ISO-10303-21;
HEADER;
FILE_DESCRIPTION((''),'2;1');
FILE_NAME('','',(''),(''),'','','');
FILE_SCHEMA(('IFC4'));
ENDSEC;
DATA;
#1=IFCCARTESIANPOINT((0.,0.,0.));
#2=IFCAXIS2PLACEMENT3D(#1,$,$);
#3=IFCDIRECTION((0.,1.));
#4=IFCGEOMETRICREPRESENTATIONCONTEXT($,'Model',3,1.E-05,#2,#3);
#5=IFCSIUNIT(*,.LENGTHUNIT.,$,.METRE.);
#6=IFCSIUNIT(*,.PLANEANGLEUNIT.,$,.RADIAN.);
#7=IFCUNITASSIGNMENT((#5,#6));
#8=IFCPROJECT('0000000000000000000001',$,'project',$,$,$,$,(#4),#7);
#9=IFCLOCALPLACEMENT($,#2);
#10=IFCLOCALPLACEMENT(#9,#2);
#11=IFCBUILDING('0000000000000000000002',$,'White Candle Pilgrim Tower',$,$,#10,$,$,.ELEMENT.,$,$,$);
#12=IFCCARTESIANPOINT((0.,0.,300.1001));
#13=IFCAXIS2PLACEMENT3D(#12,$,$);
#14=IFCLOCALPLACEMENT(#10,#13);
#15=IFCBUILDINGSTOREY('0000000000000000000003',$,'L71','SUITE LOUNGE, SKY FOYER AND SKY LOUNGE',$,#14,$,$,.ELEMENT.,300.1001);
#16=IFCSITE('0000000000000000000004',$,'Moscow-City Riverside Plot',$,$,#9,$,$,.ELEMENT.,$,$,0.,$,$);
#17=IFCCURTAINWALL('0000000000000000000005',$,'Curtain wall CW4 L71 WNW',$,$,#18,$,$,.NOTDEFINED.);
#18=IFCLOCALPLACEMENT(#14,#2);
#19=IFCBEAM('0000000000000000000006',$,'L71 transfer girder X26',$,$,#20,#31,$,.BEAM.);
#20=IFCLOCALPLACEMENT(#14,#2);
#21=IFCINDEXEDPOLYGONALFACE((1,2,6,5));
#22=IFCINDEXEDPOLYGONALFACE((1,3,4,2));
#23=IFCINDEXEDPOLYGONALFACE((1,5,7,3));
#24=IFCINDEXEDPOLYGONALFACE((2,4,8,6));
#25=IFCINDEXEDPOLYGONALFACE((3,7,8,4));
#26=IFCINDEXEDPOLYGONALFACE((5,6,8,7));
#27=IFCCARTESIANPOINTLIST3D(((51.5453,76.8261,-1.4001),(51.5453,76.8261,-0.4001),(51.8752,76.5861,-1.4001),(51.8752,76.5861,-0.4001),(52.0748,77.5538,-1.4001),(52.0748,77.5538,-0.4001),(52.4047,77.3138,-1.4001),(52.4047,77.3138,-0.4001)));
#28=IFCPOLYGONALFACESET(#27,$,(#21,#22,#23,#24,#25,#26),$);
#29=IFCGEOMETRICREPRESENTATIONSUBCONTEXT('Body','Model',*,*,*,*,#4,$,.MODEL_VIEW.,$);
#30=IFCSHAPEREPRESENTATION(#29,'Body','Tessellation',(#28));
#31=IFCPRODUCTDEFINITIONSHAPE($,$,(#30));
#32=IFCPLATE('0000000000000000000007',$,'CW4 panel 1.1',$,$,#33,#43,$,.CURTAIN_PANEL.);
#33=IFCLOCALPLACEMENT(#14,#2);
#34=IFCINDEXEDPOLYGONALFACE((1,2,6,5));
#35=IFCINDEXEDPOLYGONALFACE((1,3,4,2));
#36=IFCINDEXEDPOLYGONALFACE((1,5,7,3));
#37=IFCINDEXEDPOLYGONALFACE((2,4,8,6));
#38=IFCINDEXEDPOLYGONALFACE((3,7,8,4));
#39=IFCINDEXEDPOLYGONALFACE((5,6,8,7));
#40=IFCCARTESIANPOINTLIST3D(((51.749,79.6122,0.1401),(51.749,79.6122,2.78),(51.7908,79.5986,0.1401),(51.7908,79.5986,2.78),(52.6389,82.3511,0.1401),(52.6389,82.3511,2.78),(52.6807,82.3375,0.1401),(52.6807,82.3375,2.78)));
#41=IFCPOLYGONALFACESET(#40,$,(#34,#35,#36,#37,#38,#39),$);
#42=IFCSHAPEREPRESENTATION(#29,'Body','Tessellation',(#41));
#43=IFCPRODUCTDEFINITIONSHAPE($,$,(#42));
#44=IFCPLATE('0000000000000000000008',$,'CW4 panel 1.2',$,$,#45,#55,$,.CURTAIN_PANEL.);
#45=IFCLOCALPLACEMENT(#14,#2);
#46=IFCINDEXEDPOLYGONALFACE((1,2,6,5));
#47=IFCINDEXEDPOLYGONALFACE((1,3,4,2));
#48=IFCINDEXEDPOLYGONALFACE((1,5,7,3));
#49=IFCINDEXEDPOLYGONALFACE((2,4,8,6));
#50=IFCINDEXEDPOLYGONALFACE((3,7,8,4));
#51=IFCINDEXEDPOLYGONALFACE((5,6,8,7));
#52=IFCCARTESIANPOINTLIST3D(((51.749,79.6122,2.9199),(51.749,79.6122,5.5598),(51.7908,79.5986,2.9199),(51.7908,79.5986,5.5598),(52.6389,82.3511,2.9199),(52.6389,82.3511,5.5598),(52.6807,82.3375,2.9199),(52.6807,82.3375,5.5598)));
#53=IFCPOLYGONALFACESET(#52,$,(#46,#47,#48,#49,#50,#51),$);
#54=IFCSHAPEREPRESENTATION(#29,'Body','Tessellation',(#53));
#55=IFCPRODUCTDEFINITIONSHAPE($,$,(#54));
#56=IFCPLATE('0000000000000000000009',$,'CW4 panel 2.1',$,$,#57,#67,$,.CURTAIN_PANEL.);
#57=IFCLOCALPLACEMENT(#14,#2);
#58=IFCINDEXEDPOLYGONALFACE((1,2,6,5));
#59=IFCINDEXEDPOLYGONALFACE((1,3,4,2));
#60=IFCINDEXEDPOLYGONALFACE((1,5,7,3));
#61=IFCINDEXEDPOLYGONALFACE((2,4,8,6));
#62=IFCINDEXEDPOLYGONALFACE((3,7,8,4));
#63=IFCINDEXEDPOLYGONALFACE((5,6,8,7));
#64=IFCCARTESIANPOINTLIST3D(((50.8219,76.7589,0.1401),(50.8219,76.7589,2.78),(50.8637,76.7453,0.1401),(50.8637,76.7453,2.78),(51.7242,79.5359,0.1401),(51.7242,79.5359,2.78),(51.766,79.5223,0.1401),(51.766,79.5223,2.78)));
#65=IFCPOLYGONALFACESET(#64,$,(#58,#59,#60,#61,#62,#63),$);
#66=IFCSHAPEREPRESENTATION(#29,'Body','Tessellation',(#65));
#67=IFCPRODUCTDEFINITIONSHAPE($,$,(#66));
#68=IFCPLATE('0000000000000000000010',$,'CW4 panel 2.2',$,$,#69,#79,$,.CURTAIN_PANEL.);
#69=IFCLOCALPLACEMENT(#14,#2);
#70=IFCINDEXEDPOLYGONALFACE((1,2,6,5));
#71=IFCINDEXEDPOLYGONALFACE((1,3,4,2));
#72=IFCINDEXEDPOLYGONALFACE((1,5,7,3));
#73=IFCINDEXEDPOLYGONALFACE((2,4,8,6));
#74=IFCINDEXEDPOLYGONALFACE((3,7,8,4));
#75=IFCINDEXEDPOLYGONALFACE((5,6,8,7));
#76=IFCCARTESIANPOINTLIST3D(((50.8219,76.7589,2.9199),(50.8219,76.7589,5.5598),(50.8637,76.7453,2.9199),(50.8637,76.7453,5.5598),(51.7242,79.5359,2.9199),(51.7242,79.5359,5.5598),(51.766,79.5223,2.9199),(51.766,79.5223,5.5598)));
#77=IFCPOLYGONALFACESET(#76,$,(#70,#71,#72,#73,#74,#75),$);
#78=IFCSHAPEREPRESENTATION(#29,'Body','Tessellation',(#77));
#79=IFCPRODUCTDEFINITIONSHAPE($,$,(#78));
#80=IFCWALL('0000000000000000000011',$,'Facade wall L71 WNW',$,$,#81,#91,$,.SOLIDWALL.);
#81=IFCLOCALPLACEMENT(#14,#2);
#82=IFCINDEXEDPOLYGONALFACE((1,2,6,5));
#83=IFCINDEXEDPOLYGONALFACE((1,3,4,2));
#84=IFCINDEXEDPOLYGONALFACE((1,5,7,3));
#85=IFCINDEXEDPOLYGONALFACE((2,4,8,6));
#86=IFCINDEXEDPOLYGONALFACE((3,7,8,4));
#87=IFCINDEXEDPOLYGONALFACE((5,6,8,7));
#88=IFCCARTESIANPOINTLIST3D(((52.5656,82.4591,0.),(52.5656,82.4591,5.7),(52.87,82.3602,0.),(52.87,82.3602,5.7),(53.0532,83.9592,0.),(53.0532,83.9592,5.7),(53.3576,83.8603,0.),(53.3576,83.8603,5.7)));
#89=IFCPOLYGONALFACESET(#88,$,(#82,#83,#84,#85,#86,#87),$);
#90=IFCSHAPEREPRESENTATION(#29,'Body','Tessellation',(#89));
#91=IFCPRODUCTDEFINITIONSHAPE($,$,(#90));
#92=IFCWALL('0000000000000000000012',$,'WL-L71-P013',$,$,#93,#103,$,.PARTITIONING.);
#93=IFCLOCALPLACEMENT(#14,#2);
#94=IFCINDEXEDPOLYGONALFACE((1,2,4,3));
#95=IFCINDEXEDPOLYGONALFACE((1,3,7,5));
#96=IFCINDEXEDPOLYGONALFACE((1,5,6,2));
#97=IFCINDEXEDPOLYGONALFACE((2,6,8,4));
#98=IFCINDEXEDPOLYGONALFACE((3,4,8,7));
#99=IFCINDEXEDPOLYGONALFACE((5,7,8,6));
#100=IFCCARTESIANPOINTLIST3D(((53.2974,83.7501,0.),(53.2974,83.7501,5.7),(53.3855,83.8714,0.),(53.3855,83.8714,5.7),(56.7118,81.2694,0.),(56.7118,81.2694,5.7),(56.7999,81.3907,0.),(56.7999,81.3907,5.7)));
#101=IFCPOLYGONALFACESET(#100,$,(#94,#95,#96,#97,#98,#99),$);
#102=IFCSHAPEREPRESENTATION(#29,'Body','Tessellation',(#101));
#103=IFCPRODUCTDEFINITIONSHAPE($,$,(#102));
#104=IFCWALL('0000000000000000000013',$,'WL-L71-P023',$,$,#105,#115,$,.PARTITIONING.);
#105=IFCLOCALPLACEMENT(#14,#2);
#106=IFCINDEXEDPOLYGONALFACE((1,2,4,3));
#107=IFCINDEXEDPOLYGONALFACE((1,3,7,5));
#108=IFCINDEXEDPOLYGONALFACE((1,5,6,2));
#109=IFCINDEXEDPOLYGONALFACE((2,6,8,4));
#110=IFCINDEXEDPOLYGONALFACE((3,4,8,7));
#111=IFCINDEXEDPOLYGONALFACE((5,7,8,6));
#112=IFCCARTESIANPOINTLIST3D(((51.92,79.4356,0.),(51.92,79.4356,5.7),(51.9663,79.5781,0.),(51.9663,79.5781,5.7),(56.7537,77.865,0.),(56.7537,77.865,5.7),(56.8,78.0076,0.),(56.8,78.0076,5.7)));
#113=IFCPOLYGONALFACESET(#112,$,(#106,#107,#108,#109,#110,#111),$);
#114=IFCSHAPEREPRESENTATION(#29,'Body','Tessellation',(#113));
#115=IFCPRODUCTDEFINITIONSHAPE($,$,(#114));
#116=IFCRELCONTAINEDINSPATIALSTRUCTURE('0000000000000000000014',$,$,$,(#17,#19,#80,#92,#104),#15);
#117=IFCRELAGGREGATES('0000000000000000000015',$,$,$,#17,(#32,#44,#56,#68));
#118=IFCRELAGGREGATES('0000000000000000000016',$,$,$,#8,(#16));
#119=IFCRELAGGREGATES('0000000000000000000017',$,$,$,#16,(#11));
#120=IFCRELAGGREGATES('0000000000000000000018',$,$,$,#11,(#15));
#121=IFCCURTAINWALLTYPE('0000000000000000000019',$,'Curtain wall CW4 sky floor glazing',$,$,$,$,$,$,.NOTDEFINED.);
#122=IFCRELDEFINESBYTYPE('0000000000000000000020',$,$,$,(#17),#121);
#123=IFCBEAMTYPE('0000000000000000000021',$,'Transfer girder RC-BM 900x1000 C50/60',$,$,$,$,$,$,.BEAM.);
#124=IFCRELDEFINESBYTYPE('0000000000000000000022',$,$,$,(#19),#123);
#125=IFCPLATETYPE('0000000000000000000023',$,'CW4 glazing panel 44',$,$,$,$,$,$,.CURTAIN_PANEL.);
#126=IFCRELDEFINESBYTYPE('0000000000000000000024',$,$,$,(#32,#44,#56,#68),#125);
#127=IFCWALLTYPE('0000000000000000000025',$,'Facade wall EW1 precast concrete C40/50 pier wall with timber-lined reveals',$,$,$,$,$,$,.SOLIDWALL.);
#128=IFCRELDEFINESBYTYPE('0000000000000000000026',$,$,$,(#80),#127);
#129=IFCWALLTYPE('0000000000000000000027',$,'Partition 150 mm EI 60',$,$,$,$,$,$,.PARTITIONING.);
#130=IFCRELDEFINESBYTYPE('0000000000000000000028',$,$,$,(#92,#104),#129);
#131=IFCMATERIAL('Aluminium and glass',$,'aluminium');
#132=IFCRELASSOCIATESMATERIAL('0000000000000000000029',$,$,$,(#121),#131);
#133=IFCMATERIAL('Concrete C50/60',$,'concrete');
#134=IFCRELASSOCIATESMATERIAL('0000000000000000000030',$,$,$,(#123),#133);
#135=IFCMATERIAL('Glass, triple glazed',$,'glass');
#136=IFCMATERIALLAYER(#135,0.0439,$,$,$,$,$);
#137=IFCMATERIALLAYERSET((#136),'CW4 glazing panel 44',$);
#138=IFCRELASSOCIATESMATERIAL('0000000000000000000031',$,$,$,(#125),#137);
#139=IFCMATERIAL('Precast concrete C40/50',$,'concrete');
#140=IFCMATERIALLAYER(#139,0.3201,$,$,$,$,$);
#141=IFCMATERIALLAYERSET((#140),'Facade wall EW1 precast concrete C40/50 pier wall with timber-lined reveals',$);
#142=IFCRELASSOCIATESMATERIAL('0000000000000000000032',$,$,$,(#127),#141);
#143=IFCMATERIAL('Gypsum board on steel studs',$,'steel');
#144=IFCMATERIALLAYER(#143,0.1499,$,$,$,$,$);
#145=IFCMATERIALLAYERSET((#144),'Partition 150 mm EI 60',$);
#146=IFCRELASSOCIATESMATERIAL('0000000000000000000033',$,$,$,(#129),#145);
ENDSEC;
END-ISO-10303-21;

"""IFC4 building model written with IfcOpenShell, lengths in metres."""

from ifc_helpers import new_model, si_unit, direction, frame, frame_2d, origin, origin_2d, place, context, subcontext, project, spatial, rectangle, extrude, material, layer, layer_set, material_profile, profile_set, type_object, element, aggregate, save


model = new_model("IFC4")

# Units and contexts
model_context = context("Model", 3, precision=1e-05, world=origin(), true_north=direction((0.0, 1.0)))
body_context = subcontext(model_context, "Body", "Model", "MODEL_VIEW")
ifc_project = project(units=[si_unit("LENGTHUNIT", "METRE"), si_unit("PLANEANGLEUNIT", "RADIAN")], contexts=[model_context])

# Site, building, storey
site_placement = place(None, origin())
site = spatial("IfcSite", under=ifc_project, at=site_placement, Name="Moscow-City Riverside Plot", CompositionType="ELEMENT", RefElevation=0.0)
building_placement = place(site_placement, origin())
building = spatial("IfcBuilding", under=site, at=building_placement, Name="White Candle Pilgrim Tower", CompositionType="ELEMENT")
storey_placement = place(building_placement, frame((0.0, 0.0, 300.1001)))
storey = spatial("IfcBuildingStorey", under=building, at=storey_placement, Name="L71", Description="SUITE LOUNGE, SKY FOYER AND SKY LOUNGE", CompositionType="ELEMENT", Elevation=300.1001)

# Curtain wall
ifc_material_1 = material(Name="Aluminium and glass", Category="aluminium")
curtain_wall_type = type_object("IfcCurtainWallType", Name="Curtain wall CW4 sky floor glazing", PredefinedType="NOTDEFINED", material=ifc_material_1)
curtain_wall_placement = place(storey_placement, origin())
curtain_wall = element("IfcCurtainWall", 1, at=curtain_wall_placement, inside=storey, type_object=curtain_wall_type, Name="Curtain wall CW4 L71 WNW", PredefinedType="NOTDEFINED")

# Beam
ifc_material_2 = material(Name="Concrete C50/60", Category="concrete")
ifc_material_profile_1 = material_profile(ifc_material_2, rectangle(XDim=0.8999, YDim=1.0, at=origin_2d()), Name="RC-BM 900x1000")
ifc_profile_set_1 = profile_set([ifc_material_profile_1], Name="Concrete C50/60")
beam_type_1 = type_object("IfcBeamType", Name="Transfer girder RC-BM 900x1000 C50/60", PredefinedType="BEAM", material=ifc_profile_set_1)
beam_1_placement = place(storey_placement, frame((51.8101, 77.1899, -0.9001), z_axis=(0.808607, -0.58835, 0.0), x_axis=(0.58835, 0.808607, 0.0)))
element("IfcBeam", 2, at=beam_1_placement, inside=storey, type_object=beam_type_1, Name="L71 transfer girder X26", PredefinedType="BEAM", context=body_context, shape_type="SweptSolid", body=[
    extrude(rectangle(XDim=0.8999, YDim=1.0, at=origin_2d()), origin(), (0.0, 0.0, 1.0), 0.408),
])

# Plates
ifc_material_3 = material(Name="Glass, triple glazed", Category="glass")
ifc_layer_1 = layer(ifc_material_3, 0.0439)
ifc_layer_set_1 = layer_set([ifc_layer_1], Name="CW4 glazing panel 44")
plate_type = type_object("IfcPlateType", Name="CW4 glazing panel 44", PredefinedType="CURTAIN_PANEL", material=ifc_layer_set_1)
plate_1_placement = place(storey_placement, frame((52.2148, 80.9749, 0.1401), z_axis=(0.0, 0.0, 1.0), x_axis=(-0.309017, -0.951057, 0.0)))
plate_1 = element("IfcPlate", 3, at=plate_1_placement, type_object=plate_type, Name="CW4 panel 1.1", PredefinedType="CURTAIN_PANEL", context=body_context, shape_type="SweptSolid", body=[
    extrude(rectangle(XDim=2.8799, YDim=0.0439, at=origin_2d()), origin(), (0.0, 0.0, 1.0), 2.6399),
])
plate_2_placement = place(storey_placement, frame((52.2148, 80.9749, 2.9199), z_axis=(0.0, 0.0, 1.0), x_axis=(-0.309017, -0.951057, 0.0)))
plate_2 = element("IfcPlate", 4, at=plate_2_placement, type_object=plate_type, Name="CW4 panel 1.2", PredefinedType="CURTAIN_PANEL", context=body_context, shape_type="SweptSolid", body=[
    extrude(rectangle(XDim=2.8799, YDim=0.0439, at=origin_2d()), origin(), (0.0, 0.0, 1.0), 2.6399),
])
plate_3_placement = place(storey_placement, frame((51.2939, 78.1406, 0.1401), z_axis=(0.0, 0.0, 1.0), x_axis=(-0.309017, -0.951057, 0.0)))
plate_3 = element("IfcPlate", 5, at=plate_3_placement, type_object=plate_type, Name="CW4 panel 2.1", PredefinedType="CURTAIN_PANEL", context=body_context, shape_type="SweptSolid", body=[
    extrude(rectangle(XDim=2.9199, YDim=0.0439, at=origin_2d()), origin(), (0.0, 0.0, 1.0), 2.6399),
])
plate_4_placement = place(storey_placement, frame((51.2939, 78.1406, 2.9199), z_axis=(0.0, 0.0, 1.0), x_axis=(-0.309017, -0.951057, 0.0)))
plate_4 = element("IfcPlate", 6, at=plate_4_placement, type_object=plate_type, Name="CW4 panel 2.2", PredefinedType="CURTAIN_PANEL", context=body_context, shape_type="SweptSolid", body=[
    extrude(rectangle(XDim=2.9199, YDim=0.0439, at=origin_2d()), origin(), (0.0, 0.0, 1.0), 2.6399),
])
aggregate(curtain_wall, [plate_1, plate_2, plate_3, plate_4])

# Walls
ifc_material_4 = material(Name="Precast concrete C40/50", Category="concrete")
ifc_layer_2 = layer(ifc_material_4, 0.3201)
ifc_layer_set_2 = layer_set([ifc_layer_2], Name="Facade wall EW1 precast concrete C40/50 pier wall with timber-lined reveals")
wall_type_1 = type_object("IfcWallType", Name="Facade wall EW1 precast concrete C40/50 pier wall with timber-lined reveals", PredefinedType="SOLIDWALL", material=ifc_layer_set_2)
wall_1_placement = place(storey_placement, frame((53.2053, 83.9097, 0.0), z_axis=(0.0, 0.0, 1.0), x_axis=(-0.309069, -0.95104, 0.0)))
element("IfcWall", 7, at=wall_1_placement, inside=storey, type_object=wall_type_1, Name="Facade wall L71 WNW", PredefinedType="SOLIDWALL", context=body_context, shape_type="SweptSolid", body=[
    extrude(rectangle(XDim=1.5774, YDim=0.3201, at=frame_2d((0.7886, 0.0))), origin(), (0.0, 0.0, 1.0), 5.7),
])
ifc_material_5 = material(Name="Gypsum board on steel studs", Category="steel")
ifc_layer_3 = layer(ifc_material_5, 0.1499)
ifc_layer_set_3 = layer_set([ifc_layer_3], Name="Partition 150 mm EI 60")
wall_type_2 = type_object("IfcWallType", Name="Partition 150 mm EI 60", PredefinedType="PARTITIONING", material=ifc_layer_set_3)
wall_2_placement = place(storey_placement, frame((53.3413, 83.8108, 0.0), z_axis=(0.0, 0.0, 1.0), x_axis=(0.809029, -0.587769, 0.0)))
element("IfcWall", 8, at=wall_2_placement, inside=storey, type_object=wall_type_2, Name="WL-L71-P013", PredefinedType="PARTITIONING", context=body_context, shape_type="SweptSolid", body=[
    extrude(rectangle(XDim=4.2205, YDim=0.1499, at=frame_2d((2.1104, 0.0))), origin(), (0.0, 0.0, 1.0), 5.7),
])
wall_3_placement = place(storey_placement, frame((51.9431, 79.5068, 0.0), z_axis=(0.0, 0.0, 1.0), x_axis=(0.951058, -0.309013, 0.0)))
element("IfcWall", 9, at=wall_3_placement, inside=storey, type_object=wall_type_2, Name="WL-L71-P023", PredefinedType="PARTITIONING", context=body_context, shape_type="SweptSolid", body=[
    extrude(rectangle(XDim=5.0825, YDim=0.1499, at=frame_2d((2.5413, 0.0))), origin(), (0.0, 0.0, 1.0), 5.7),
])

save(model, "model.ifc")
